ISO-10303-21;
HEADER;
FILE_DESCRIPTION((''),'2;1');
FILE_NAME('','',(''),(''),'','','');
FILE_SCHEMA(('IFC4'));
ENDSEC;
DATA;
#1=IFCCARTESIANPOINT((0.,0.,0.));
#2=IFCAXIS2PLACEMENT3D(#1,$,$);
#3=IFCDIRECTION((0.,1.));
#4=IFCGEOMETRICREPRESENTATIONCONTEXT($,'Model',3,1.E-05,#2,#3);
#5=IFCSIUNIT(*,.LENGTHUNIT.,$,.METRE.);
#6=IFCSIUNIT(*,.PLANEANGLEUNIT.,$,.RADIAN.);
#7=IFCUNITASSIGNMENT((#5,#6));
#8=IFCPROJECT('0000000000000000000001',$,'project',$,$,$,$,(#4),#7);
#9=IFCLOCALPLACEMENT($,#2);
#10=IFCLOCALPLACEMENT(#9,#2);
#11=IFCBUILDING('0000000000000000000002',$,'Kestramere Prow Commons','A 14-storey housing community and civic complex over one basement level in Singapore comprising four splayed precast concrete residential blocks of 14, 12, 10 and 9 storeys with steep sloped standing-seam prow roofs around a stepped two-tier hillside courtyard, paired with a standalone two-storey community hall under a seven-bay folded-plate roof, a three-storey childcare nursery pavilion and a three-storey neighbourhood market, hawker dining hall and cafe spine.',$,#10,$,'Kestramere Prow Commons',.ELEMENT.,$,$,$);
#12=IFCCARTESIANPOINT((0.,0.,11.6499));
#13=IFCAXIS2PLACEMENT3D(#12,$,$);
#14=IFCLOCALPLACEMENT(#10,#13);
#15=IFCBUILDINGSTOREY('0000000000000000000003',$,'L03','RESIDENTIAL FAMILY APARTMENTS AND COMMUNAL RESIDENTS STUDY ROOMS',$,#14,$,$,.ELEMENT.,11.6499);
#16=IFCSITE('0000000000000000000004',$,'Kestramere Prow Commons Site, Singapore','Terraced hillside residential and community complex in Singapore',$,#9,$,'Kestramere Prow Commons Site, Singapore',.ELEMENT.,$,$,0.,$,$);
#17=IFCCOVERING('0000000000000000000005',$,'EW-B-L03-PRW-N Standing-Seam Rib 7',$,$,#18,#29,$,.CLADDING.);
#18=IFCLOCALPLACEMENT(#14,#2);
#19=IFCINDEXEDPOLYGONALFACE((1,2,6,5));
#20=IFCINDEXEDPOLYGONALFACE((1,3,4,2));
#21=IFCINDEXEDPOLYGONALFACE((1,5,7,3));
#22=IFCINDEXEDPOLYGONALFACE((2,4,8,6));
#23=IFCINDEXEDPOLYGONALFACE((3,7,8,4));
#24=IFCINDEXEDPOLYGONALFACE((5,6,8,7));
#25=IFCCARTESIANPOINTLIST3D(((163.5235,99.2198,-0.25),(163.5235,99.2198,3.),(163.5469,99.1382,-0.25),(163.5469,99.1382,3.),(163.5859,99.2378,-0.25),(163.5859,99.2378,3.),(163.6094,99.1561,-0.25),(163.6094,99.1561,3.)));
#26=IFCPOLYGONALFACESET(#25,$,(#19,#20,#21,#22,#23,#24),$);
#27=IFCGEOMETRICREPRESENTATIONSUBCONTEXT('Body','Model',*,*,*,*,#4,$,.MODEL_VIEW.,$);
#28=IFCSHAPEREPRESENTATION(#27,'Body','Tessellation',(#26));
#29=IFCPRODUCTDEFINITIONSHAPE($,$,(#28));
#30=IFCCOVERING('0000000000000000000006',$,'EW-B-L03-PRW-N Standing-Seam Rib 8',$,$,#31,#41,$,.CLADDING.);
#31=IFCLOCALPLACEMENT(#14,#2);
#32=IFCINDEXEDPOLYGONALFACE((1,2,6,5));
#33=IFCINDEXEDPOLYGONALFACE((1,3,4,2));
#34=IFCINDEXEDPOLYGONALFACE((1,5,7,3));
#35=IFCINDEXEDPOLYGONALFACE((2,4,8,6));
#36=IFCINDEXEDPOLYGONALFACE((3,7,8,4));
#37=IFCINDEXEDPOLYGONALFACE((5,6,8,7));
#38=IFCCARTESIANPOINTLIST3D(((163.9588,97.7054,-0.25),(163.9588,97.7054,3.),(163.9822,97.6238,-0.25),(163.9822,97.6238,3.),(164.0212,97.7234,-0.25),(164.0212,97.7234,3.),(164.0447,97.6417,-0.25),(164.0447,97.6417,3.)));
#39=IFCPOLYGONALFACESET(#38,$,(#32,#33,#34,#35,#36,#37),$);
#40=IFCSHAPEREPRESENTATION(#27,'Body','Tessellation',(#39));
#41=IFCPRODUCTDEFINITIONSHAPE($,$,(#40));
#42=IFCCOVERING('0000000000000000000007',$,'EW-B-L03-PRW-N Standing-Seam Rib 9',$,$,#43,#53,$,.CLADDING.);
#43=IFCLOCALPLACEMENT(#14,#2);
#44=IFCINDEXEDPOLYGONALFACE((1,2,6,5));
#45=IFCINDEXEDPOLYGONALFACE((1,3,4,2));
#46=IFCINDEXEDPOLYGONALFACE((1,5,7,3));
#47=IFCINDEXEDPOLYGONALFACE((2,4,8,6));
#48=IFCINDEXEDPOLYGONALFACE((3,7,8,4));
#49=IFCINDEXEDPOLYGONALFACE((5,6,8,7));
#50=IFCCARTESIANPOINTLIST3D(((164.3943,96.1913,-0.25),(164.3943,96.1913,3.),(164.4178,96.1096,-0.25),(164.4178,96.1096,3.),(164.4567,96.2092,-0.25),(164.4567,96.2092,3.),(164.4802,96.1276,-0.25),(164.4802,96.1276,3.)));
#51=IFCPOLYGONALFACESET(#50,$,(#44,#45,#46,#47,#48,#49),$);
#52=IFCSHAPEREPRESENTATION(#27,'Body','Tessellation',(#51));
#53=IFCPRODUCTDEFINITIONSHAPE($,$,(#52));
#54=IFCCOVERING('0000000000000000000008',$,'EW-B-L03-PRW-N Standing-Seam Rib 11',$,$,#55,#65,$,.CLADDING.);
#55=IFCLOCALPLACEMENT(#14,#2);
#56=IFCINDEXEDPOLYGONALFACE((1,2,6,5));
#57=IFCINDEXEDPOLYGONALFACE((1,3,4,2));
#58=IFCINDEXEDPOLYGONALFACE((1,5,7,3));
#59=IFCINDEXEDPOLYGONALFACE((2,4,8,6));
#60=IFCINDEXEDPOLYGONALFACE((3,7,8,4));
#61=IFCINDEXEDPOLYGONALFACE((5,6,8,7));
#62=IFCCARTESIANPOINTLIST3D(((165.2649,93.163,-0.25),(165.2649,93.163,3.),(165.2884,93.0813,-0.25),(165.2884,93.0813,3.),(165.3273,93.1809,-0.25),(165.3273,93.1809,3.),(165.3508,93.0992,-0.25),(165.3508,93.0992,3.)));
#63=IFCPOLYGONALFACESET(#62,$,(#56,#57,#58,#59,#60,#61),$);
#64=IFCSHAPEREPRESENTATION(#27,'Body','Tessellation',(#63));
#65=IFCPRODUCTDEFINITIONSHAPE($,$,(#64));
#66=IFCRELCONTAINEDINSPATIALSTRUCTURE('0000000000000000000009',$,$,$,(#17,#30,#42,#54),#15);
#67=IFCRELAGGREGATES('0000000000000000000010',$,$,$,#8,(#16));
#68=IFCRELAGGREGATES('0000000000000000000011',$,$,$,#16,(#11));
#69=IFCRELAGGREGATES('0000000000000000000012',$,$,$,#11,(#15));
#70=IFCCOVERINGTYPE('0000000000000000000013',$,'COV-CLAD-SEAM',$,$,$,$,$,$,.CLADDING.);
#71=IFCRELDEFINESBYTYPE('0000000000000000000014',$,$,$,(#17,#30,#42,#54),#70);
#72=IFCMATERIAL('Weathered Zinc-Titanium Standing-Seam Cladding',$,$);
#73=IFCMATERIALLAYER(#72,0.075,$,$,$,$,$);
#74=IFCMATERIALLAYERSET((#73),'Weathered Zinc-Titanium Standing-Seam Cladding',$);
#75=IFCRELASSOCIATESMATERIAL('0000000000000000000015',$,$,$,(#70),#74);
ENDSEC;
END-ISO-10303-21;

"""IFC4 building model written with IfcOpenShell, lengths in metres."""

from ifc_helpers import new_model, si_unit, direction, frame, origin, origin_2d, place, context, subcontext, project, spatial, rectangle, extrude, material, layer, layer_set, type_object, element, save


model = new_model("IFC4")

# Units and contexts
model_context = context("Model", 3, precision=1e-05, world=origin(), true_north=direction((0.0, 1.0)))
body_context = subcontext(model_context, "Body", "Model", "MODEL_VIEW")
ifc_project = project(units=[si_unit("LENGTHUNIT", "METRE"), si_unit("PLANEANGLEUNIT", "RADIAN")], contexts=[model_context])

# Site, building, storey
site_placement = place(None, origin())
site = spatial("IfcSite", under=ifc_project, at=site_placement, Name="Kestramere Prow Commons Site, Singapore", Description="Terraced hillside residential and community complex in Singapore", LongName="Kestramere Prow Commons Site, Singapore", CompositionType="ELEMENT", RefElevation=0.0)
building_placement = place(site_placement, origin())
building = spatial("IfcBuilding", under=site, at=building_placement, Name="Kestramere Prow Commons", Description="A 14-storey housing community and civic complex over one basement level in Singapore comprising four splayed precast concrete residential blocks of 14, 12, 10 and 9 storeys with steep sloped standing-seam prow roofs around a stepped two-tier hillside courtyard, paired with a standalone two-storey community hall under a seven-bay folded-plate roof, a three-storey childcare nursery pavilion and a three-storey neighbourhood market, hawker dining hall and cafe spine.", LongName="Kestramere Prow Commons", CompositionType="ELEMENT")
storey_placement = place(building_placement, frame((0.0, 0.0, 11.6499)))
storey = spatial("IfcBuildingStorey", under=building, at=storey_placement, Name="L03", Description="RESIDENTIAL FAMILY APARTMENTS AND COMMUNAL RESIDENTS STUDY ROOMS", CompositionType="ELEMENT", Elevation=11.6499)

# Coverings
ifc_material_1 = material(Name="Weathered Zinc-Titanium Standing-Seam Cladding")
ifc_layer_1 = layer(ifc_material_1, 0.075)
ifc_layer_set_1 = layer_set([ifc_layer_1], Name="Weathered Zinc-Titanium Standing-Seam Cladding")
covering_type = type_object("IfcCoveringType", Name="COV-CLAD-SEAM", PredefinedType="CLADDING", material=ifc_layer_set_1)
for number, where, z_axis, x_axis, name in (
    (1, (163.5664, 99.188, -0.25), (0.0, 0.0, 1.0), (0.276318, -0.961066, 0.0), "EW-B-L03-PRW-N Standing-Seam Rib 7"),
    (2, (164.0017, 97.6736, -0.25), (0.0, 0.0, 1.0), (0.276318, -0.961066, 0.0), "EW-B-L03-PRW-N Standing-Seam Rib 8"),
    (3, (164.4373, 96.1594, -0.25), (0.0, 0.0, 1.0), (0.276318, -0.961066, 0.0), "EW-B-L03-PRW-N Standing-Seam Rib 9"),
    (4, (165.3079, 93.1311, -0.25), (0.0, 0.0, 1.0), (0.276318, -0.961066, 0.0), "EW-B-L03-PRW-N Standing-Seam Rib 11"),
):
    element("IfcCovering", number, at=place(storey_placement, frame(where, z_axis=z_axis, x_axis=x_axis)), inside=storey, type_object=covering_type, Name=name, PredefinedType="CLADDING", context=body_context, shape_type="SweptSolid", body=[
        extrude(rectangle(XDim=0.085, YDim=0.0649, at=origin_2d()), origin(), (0.0, 0.0, 1.0), 3.25),
    ])

save(model, "model.ifc")
